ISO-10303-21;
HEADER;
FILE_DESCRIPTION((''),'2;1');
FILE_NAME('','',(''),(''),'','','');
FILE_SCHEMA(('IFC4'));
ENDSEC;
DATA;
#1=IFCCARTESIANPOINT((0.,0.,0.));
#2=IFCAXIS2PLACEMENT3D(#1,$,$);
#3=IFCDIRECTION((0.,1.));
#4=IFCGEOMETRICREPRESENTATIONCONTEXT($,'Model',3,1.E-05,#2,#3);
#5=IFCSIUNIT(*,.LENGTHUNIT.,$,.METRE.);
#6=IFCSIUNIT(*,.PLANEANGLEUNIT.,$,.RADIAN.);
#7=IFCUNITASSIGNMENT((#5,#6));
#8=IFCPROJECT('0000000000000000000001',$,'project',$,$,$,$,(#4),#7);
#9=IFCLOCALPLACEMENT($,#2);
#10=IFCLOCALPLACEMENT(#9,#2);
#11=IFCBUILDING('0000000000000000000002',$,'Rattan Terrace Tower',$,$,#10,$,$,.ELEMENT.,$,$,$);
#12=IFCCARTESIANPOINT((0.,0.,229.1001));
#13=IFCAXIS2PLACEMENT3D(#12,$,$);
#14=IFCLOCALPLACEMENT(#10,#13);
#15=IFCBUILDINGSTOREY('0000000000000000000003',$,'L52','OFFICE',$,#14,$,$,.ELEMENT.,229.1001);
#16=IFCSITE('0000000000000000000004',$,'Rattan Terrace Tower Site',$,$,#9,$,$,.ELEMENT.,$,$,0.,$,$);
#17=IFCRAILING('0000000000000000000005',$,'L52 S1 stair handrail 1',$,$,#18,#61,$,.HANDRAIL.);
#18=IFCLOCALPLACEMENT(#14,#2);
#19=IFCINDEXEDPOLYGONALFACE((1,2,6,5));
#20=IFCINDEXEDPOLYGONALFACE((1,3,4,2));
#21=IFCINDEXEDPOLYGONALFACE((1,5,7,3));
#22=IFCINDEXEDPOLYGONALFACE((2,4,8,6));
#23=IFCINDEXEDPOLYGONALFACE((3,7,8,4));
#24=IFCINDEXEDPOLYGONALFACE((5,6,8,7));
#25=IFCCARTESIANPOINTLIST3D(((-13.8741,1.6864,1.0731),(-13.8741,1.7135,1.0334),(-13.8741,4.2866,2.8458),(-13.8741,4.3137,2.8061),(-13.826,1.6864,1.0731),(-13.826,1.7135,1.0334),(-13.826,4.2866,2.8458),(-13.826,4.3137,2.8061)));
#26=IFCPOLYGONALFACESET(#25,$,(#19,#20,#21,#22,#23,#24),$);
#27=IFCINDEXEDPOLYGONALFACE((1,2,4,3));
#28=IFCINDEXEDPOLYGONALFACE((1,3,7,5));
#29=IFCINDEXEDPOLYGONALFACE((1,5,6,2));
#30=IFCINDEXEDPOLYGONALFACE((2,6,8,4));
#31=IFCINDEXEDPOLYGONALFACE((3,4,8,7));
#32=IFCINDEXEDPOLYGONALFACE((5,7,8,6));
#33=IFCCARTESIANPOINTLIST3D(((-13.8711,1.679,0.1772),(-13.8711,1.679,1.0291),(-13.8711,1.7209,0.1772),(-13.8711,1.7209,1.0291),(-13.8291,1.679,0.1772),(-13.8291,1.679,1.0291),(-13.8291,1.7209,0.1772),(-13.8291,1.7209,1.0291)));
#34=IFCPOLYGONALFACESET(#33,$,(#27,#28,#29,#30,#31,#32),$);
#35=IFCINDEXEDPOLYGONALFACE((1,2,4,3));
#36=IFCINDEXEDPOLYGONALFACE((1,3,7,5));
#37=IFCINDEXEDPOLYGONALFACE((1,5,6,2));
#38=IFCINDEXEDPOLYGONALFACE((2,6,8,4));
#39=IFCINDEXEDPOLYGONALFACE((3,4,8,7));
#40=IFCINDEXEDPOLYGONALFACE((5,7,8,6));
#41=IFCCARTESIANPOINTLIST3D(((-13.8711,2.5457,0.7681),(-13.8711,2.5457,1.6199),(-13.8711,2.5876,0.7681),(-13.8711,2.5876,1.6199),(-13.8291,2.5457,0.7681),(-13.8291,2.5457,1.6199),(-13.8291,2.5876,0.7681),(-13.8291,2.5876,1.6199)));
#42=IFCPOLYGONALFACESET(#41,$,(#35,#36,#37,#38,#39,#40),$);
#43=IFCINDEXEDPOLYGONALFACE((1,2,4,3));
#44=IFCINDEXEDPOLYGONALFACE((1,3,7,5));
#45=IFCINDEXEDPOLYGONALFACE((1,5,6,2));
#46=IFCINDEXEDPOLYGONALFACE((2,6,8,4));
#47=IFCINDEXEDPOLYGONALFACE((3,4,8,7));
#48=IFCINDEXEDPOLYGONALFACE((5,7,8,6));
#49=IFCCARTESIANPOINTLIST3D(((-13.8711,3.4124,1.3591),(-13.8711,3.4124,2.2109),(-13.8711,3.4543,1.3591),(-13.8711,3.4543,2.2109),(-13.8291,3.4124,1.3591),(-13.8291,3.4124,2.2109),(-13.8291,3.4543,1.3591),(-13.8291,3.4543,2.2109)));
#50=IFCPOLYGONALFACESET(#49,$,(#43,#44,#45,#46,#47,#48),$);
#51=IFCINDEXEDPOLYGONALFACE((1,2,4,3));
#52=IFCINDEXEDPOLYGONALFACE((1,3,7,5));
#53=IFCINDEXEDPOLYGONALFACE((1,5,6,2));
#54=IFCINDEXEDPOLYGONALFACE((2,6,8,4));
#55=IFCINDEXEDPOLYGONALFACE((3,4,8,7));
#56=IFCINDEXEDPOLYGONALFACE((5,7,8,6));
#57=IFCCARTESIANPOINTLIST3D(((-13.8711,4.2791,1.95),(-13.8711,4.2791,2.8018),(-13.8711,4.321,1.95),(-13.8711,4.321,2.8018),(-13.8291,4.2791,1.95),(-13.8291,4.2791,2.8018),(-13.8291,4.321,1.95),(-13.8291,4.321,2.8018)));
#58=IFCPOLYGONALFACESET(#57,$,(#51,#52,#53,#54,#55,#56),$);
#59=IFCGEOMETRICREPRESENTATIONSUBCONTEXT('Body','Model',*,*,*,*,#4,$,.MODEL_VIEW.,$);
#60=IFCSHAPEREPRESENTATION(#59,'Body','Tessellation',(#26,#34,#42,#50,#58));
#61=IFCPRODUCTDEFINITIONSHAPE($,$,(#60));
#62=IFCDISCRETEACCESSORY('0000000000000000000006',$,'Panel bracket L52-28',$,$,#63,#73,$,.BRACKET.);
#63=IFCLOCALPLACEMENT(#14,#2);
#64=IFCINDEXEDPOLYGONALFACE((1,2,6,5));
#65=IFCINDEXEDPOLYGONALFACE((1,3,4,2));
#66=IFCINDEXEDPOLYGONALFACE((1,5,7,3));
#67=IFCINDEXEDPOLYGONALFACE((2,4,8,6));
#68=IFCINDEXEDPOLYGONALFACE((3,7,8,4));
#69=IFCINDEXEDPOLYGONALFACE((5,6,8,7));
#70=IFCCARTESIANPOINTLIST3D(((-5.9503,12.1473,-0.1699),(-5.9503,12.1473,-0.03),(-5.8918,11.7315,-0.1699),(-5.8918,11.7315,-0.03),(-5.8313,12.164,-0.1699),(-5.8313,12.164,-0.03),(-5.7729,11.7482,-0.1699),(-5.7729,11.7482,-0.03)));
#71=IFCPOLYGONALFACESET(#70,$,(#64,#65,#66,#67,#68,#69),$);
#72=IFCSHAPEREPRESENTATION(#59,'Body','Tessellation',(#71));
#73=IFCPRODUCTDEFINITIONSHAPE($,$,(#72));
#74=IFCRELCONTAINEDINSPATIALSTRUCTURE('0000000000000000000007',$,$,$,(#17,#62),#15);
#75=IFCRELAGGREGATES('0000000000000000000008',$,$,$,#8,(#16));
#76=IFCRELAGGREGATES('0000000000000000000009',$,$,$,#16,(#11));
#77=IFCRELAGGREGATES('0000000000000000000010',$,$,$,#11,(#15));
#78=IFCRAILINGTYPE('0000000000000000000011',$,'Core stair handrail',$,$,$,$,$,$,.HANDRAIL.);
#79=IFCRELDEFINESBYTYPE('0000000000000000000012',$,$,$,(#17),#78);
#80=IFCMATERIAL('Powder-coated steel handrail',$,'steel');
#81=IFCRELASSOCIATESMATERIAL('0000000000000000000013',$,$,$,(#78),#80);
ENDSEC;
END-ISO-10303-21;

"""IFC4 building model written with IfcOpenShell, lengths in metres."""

from ifc_helpers import new_model, si_unit, direction, frame, origin, origin_2d, place, context, subcontext, project, spatial, rectangle, extrude, material, type_object, element, save


model = new_model("IFC4")

# Units and contexts
model_context = context("Model", 3, precision=1e-05, world=origin(), true_north=direction((0.0, 1.0)))
body_context = subcontext(model_context, "Body", "Model", "MODEL_VIEW")
ifc_project = project(units=[si_unit("LENGTHUNIT", "METRE"), si_unit("PLANEANGLEUNIT", "RADIAN")], contexts=[model_context])

# Site, building, storey
site_placement = place(None, origin())
site = spatial("IfcSite", under=ifc_project, at=site_placement, Name="Rattan Terrace Tower Site", CompositionType="ELEMENT", RefElevation=0.0)
building_placement = place(site_placement, origin())
building = spatial("IfcBuilding", under=site, at=building_placement, Name="Rattan Terrace Tower", CompositionType="ELEMENT")
storey_placement = place(building_placement, frame((0.0, 0.0, 229.1001)))
storey = spatial("IfcBuildingStorey", under=building, at=storey_placement, Name="L52", Description="OFFICE", CompositionType="ELEMENT", Elevation=229.1001)

# Railing
ifc_material_1 = material(Name="Powder-coated steel handrail", Category="steel")
railing_type = type_object("IfcRailingType", Name="Core stair handrail", PredefinedType="HANDRAIL", material=ifc_material_1)
railing_placement = place(storey_placement, frame((-13.8501, 1.7, 0.1772)))
element("IfcRailing", 1, at=railing_placement, inside=storey, type_object=railing_type, Name="L52 S1 stair handrail 1", PredefinedType="HANDRAIL", context=body_context, shape_type="SweptSolid", body=[
    extrude(rectangle(XDim=0.0481, YDim=0.0481, at=origin_2d()), frame((0.0, 0.0, 0.876), z_axis=(0.0, 0.82624, 0.563318), x_axis=(-1.0, 0.0, 0.0)), (0.0, 0.0, 1.0), 3.147),
    extrude(rectangle(XDim=0.042, YDim=0.042, at=origin_2d()), origin(), (0.0, 0.0, 1.0), 0.8518),
    extrude(rectangle(XDim=0.042, YDim=0.042, at=origin_2d()), frame((0.0, 0.8667, 0.5908)), (0.0, 0.0, 1.0), 0.8518),
    extrude(rectangle(XDim=0.042, YDim=0.042, at=origin_2d()), frame((0.0, 1.7334, 1.1819)), (0.0, 0.0, 1.0), 0.8518),
    extrude(rectangle(XDim=0.042, YDim=0.042, at=origin_2d()), frame((0.0, 2.6001, 1.7727)), (0.0, 0.0, 1.0), 0.8518),
])

# Discrete accessory
discrete_accessory_placement = place(storey_placement, frame((-5.8616, 11.9478, -0.1699), z_axis=(0.0, 0.0, 1.0), x_axis=(-0.990267, -0.139177, 0.0)))
element("IfcDiscreteAccessory", 2, at=discrete_accessory_placement, inside=storey, Name="Panel bracket L52-28", PredefinedType="BRACKET", context=body_context, shape_type="SweptSolid", body=[
    extrude(rectangle(XDim=0.1201, YDim=0.4199, at=origin_2d()), origin(), (0.0, 0.0, 1.0), 0.1399),
])

save(model, "model.ifc")
